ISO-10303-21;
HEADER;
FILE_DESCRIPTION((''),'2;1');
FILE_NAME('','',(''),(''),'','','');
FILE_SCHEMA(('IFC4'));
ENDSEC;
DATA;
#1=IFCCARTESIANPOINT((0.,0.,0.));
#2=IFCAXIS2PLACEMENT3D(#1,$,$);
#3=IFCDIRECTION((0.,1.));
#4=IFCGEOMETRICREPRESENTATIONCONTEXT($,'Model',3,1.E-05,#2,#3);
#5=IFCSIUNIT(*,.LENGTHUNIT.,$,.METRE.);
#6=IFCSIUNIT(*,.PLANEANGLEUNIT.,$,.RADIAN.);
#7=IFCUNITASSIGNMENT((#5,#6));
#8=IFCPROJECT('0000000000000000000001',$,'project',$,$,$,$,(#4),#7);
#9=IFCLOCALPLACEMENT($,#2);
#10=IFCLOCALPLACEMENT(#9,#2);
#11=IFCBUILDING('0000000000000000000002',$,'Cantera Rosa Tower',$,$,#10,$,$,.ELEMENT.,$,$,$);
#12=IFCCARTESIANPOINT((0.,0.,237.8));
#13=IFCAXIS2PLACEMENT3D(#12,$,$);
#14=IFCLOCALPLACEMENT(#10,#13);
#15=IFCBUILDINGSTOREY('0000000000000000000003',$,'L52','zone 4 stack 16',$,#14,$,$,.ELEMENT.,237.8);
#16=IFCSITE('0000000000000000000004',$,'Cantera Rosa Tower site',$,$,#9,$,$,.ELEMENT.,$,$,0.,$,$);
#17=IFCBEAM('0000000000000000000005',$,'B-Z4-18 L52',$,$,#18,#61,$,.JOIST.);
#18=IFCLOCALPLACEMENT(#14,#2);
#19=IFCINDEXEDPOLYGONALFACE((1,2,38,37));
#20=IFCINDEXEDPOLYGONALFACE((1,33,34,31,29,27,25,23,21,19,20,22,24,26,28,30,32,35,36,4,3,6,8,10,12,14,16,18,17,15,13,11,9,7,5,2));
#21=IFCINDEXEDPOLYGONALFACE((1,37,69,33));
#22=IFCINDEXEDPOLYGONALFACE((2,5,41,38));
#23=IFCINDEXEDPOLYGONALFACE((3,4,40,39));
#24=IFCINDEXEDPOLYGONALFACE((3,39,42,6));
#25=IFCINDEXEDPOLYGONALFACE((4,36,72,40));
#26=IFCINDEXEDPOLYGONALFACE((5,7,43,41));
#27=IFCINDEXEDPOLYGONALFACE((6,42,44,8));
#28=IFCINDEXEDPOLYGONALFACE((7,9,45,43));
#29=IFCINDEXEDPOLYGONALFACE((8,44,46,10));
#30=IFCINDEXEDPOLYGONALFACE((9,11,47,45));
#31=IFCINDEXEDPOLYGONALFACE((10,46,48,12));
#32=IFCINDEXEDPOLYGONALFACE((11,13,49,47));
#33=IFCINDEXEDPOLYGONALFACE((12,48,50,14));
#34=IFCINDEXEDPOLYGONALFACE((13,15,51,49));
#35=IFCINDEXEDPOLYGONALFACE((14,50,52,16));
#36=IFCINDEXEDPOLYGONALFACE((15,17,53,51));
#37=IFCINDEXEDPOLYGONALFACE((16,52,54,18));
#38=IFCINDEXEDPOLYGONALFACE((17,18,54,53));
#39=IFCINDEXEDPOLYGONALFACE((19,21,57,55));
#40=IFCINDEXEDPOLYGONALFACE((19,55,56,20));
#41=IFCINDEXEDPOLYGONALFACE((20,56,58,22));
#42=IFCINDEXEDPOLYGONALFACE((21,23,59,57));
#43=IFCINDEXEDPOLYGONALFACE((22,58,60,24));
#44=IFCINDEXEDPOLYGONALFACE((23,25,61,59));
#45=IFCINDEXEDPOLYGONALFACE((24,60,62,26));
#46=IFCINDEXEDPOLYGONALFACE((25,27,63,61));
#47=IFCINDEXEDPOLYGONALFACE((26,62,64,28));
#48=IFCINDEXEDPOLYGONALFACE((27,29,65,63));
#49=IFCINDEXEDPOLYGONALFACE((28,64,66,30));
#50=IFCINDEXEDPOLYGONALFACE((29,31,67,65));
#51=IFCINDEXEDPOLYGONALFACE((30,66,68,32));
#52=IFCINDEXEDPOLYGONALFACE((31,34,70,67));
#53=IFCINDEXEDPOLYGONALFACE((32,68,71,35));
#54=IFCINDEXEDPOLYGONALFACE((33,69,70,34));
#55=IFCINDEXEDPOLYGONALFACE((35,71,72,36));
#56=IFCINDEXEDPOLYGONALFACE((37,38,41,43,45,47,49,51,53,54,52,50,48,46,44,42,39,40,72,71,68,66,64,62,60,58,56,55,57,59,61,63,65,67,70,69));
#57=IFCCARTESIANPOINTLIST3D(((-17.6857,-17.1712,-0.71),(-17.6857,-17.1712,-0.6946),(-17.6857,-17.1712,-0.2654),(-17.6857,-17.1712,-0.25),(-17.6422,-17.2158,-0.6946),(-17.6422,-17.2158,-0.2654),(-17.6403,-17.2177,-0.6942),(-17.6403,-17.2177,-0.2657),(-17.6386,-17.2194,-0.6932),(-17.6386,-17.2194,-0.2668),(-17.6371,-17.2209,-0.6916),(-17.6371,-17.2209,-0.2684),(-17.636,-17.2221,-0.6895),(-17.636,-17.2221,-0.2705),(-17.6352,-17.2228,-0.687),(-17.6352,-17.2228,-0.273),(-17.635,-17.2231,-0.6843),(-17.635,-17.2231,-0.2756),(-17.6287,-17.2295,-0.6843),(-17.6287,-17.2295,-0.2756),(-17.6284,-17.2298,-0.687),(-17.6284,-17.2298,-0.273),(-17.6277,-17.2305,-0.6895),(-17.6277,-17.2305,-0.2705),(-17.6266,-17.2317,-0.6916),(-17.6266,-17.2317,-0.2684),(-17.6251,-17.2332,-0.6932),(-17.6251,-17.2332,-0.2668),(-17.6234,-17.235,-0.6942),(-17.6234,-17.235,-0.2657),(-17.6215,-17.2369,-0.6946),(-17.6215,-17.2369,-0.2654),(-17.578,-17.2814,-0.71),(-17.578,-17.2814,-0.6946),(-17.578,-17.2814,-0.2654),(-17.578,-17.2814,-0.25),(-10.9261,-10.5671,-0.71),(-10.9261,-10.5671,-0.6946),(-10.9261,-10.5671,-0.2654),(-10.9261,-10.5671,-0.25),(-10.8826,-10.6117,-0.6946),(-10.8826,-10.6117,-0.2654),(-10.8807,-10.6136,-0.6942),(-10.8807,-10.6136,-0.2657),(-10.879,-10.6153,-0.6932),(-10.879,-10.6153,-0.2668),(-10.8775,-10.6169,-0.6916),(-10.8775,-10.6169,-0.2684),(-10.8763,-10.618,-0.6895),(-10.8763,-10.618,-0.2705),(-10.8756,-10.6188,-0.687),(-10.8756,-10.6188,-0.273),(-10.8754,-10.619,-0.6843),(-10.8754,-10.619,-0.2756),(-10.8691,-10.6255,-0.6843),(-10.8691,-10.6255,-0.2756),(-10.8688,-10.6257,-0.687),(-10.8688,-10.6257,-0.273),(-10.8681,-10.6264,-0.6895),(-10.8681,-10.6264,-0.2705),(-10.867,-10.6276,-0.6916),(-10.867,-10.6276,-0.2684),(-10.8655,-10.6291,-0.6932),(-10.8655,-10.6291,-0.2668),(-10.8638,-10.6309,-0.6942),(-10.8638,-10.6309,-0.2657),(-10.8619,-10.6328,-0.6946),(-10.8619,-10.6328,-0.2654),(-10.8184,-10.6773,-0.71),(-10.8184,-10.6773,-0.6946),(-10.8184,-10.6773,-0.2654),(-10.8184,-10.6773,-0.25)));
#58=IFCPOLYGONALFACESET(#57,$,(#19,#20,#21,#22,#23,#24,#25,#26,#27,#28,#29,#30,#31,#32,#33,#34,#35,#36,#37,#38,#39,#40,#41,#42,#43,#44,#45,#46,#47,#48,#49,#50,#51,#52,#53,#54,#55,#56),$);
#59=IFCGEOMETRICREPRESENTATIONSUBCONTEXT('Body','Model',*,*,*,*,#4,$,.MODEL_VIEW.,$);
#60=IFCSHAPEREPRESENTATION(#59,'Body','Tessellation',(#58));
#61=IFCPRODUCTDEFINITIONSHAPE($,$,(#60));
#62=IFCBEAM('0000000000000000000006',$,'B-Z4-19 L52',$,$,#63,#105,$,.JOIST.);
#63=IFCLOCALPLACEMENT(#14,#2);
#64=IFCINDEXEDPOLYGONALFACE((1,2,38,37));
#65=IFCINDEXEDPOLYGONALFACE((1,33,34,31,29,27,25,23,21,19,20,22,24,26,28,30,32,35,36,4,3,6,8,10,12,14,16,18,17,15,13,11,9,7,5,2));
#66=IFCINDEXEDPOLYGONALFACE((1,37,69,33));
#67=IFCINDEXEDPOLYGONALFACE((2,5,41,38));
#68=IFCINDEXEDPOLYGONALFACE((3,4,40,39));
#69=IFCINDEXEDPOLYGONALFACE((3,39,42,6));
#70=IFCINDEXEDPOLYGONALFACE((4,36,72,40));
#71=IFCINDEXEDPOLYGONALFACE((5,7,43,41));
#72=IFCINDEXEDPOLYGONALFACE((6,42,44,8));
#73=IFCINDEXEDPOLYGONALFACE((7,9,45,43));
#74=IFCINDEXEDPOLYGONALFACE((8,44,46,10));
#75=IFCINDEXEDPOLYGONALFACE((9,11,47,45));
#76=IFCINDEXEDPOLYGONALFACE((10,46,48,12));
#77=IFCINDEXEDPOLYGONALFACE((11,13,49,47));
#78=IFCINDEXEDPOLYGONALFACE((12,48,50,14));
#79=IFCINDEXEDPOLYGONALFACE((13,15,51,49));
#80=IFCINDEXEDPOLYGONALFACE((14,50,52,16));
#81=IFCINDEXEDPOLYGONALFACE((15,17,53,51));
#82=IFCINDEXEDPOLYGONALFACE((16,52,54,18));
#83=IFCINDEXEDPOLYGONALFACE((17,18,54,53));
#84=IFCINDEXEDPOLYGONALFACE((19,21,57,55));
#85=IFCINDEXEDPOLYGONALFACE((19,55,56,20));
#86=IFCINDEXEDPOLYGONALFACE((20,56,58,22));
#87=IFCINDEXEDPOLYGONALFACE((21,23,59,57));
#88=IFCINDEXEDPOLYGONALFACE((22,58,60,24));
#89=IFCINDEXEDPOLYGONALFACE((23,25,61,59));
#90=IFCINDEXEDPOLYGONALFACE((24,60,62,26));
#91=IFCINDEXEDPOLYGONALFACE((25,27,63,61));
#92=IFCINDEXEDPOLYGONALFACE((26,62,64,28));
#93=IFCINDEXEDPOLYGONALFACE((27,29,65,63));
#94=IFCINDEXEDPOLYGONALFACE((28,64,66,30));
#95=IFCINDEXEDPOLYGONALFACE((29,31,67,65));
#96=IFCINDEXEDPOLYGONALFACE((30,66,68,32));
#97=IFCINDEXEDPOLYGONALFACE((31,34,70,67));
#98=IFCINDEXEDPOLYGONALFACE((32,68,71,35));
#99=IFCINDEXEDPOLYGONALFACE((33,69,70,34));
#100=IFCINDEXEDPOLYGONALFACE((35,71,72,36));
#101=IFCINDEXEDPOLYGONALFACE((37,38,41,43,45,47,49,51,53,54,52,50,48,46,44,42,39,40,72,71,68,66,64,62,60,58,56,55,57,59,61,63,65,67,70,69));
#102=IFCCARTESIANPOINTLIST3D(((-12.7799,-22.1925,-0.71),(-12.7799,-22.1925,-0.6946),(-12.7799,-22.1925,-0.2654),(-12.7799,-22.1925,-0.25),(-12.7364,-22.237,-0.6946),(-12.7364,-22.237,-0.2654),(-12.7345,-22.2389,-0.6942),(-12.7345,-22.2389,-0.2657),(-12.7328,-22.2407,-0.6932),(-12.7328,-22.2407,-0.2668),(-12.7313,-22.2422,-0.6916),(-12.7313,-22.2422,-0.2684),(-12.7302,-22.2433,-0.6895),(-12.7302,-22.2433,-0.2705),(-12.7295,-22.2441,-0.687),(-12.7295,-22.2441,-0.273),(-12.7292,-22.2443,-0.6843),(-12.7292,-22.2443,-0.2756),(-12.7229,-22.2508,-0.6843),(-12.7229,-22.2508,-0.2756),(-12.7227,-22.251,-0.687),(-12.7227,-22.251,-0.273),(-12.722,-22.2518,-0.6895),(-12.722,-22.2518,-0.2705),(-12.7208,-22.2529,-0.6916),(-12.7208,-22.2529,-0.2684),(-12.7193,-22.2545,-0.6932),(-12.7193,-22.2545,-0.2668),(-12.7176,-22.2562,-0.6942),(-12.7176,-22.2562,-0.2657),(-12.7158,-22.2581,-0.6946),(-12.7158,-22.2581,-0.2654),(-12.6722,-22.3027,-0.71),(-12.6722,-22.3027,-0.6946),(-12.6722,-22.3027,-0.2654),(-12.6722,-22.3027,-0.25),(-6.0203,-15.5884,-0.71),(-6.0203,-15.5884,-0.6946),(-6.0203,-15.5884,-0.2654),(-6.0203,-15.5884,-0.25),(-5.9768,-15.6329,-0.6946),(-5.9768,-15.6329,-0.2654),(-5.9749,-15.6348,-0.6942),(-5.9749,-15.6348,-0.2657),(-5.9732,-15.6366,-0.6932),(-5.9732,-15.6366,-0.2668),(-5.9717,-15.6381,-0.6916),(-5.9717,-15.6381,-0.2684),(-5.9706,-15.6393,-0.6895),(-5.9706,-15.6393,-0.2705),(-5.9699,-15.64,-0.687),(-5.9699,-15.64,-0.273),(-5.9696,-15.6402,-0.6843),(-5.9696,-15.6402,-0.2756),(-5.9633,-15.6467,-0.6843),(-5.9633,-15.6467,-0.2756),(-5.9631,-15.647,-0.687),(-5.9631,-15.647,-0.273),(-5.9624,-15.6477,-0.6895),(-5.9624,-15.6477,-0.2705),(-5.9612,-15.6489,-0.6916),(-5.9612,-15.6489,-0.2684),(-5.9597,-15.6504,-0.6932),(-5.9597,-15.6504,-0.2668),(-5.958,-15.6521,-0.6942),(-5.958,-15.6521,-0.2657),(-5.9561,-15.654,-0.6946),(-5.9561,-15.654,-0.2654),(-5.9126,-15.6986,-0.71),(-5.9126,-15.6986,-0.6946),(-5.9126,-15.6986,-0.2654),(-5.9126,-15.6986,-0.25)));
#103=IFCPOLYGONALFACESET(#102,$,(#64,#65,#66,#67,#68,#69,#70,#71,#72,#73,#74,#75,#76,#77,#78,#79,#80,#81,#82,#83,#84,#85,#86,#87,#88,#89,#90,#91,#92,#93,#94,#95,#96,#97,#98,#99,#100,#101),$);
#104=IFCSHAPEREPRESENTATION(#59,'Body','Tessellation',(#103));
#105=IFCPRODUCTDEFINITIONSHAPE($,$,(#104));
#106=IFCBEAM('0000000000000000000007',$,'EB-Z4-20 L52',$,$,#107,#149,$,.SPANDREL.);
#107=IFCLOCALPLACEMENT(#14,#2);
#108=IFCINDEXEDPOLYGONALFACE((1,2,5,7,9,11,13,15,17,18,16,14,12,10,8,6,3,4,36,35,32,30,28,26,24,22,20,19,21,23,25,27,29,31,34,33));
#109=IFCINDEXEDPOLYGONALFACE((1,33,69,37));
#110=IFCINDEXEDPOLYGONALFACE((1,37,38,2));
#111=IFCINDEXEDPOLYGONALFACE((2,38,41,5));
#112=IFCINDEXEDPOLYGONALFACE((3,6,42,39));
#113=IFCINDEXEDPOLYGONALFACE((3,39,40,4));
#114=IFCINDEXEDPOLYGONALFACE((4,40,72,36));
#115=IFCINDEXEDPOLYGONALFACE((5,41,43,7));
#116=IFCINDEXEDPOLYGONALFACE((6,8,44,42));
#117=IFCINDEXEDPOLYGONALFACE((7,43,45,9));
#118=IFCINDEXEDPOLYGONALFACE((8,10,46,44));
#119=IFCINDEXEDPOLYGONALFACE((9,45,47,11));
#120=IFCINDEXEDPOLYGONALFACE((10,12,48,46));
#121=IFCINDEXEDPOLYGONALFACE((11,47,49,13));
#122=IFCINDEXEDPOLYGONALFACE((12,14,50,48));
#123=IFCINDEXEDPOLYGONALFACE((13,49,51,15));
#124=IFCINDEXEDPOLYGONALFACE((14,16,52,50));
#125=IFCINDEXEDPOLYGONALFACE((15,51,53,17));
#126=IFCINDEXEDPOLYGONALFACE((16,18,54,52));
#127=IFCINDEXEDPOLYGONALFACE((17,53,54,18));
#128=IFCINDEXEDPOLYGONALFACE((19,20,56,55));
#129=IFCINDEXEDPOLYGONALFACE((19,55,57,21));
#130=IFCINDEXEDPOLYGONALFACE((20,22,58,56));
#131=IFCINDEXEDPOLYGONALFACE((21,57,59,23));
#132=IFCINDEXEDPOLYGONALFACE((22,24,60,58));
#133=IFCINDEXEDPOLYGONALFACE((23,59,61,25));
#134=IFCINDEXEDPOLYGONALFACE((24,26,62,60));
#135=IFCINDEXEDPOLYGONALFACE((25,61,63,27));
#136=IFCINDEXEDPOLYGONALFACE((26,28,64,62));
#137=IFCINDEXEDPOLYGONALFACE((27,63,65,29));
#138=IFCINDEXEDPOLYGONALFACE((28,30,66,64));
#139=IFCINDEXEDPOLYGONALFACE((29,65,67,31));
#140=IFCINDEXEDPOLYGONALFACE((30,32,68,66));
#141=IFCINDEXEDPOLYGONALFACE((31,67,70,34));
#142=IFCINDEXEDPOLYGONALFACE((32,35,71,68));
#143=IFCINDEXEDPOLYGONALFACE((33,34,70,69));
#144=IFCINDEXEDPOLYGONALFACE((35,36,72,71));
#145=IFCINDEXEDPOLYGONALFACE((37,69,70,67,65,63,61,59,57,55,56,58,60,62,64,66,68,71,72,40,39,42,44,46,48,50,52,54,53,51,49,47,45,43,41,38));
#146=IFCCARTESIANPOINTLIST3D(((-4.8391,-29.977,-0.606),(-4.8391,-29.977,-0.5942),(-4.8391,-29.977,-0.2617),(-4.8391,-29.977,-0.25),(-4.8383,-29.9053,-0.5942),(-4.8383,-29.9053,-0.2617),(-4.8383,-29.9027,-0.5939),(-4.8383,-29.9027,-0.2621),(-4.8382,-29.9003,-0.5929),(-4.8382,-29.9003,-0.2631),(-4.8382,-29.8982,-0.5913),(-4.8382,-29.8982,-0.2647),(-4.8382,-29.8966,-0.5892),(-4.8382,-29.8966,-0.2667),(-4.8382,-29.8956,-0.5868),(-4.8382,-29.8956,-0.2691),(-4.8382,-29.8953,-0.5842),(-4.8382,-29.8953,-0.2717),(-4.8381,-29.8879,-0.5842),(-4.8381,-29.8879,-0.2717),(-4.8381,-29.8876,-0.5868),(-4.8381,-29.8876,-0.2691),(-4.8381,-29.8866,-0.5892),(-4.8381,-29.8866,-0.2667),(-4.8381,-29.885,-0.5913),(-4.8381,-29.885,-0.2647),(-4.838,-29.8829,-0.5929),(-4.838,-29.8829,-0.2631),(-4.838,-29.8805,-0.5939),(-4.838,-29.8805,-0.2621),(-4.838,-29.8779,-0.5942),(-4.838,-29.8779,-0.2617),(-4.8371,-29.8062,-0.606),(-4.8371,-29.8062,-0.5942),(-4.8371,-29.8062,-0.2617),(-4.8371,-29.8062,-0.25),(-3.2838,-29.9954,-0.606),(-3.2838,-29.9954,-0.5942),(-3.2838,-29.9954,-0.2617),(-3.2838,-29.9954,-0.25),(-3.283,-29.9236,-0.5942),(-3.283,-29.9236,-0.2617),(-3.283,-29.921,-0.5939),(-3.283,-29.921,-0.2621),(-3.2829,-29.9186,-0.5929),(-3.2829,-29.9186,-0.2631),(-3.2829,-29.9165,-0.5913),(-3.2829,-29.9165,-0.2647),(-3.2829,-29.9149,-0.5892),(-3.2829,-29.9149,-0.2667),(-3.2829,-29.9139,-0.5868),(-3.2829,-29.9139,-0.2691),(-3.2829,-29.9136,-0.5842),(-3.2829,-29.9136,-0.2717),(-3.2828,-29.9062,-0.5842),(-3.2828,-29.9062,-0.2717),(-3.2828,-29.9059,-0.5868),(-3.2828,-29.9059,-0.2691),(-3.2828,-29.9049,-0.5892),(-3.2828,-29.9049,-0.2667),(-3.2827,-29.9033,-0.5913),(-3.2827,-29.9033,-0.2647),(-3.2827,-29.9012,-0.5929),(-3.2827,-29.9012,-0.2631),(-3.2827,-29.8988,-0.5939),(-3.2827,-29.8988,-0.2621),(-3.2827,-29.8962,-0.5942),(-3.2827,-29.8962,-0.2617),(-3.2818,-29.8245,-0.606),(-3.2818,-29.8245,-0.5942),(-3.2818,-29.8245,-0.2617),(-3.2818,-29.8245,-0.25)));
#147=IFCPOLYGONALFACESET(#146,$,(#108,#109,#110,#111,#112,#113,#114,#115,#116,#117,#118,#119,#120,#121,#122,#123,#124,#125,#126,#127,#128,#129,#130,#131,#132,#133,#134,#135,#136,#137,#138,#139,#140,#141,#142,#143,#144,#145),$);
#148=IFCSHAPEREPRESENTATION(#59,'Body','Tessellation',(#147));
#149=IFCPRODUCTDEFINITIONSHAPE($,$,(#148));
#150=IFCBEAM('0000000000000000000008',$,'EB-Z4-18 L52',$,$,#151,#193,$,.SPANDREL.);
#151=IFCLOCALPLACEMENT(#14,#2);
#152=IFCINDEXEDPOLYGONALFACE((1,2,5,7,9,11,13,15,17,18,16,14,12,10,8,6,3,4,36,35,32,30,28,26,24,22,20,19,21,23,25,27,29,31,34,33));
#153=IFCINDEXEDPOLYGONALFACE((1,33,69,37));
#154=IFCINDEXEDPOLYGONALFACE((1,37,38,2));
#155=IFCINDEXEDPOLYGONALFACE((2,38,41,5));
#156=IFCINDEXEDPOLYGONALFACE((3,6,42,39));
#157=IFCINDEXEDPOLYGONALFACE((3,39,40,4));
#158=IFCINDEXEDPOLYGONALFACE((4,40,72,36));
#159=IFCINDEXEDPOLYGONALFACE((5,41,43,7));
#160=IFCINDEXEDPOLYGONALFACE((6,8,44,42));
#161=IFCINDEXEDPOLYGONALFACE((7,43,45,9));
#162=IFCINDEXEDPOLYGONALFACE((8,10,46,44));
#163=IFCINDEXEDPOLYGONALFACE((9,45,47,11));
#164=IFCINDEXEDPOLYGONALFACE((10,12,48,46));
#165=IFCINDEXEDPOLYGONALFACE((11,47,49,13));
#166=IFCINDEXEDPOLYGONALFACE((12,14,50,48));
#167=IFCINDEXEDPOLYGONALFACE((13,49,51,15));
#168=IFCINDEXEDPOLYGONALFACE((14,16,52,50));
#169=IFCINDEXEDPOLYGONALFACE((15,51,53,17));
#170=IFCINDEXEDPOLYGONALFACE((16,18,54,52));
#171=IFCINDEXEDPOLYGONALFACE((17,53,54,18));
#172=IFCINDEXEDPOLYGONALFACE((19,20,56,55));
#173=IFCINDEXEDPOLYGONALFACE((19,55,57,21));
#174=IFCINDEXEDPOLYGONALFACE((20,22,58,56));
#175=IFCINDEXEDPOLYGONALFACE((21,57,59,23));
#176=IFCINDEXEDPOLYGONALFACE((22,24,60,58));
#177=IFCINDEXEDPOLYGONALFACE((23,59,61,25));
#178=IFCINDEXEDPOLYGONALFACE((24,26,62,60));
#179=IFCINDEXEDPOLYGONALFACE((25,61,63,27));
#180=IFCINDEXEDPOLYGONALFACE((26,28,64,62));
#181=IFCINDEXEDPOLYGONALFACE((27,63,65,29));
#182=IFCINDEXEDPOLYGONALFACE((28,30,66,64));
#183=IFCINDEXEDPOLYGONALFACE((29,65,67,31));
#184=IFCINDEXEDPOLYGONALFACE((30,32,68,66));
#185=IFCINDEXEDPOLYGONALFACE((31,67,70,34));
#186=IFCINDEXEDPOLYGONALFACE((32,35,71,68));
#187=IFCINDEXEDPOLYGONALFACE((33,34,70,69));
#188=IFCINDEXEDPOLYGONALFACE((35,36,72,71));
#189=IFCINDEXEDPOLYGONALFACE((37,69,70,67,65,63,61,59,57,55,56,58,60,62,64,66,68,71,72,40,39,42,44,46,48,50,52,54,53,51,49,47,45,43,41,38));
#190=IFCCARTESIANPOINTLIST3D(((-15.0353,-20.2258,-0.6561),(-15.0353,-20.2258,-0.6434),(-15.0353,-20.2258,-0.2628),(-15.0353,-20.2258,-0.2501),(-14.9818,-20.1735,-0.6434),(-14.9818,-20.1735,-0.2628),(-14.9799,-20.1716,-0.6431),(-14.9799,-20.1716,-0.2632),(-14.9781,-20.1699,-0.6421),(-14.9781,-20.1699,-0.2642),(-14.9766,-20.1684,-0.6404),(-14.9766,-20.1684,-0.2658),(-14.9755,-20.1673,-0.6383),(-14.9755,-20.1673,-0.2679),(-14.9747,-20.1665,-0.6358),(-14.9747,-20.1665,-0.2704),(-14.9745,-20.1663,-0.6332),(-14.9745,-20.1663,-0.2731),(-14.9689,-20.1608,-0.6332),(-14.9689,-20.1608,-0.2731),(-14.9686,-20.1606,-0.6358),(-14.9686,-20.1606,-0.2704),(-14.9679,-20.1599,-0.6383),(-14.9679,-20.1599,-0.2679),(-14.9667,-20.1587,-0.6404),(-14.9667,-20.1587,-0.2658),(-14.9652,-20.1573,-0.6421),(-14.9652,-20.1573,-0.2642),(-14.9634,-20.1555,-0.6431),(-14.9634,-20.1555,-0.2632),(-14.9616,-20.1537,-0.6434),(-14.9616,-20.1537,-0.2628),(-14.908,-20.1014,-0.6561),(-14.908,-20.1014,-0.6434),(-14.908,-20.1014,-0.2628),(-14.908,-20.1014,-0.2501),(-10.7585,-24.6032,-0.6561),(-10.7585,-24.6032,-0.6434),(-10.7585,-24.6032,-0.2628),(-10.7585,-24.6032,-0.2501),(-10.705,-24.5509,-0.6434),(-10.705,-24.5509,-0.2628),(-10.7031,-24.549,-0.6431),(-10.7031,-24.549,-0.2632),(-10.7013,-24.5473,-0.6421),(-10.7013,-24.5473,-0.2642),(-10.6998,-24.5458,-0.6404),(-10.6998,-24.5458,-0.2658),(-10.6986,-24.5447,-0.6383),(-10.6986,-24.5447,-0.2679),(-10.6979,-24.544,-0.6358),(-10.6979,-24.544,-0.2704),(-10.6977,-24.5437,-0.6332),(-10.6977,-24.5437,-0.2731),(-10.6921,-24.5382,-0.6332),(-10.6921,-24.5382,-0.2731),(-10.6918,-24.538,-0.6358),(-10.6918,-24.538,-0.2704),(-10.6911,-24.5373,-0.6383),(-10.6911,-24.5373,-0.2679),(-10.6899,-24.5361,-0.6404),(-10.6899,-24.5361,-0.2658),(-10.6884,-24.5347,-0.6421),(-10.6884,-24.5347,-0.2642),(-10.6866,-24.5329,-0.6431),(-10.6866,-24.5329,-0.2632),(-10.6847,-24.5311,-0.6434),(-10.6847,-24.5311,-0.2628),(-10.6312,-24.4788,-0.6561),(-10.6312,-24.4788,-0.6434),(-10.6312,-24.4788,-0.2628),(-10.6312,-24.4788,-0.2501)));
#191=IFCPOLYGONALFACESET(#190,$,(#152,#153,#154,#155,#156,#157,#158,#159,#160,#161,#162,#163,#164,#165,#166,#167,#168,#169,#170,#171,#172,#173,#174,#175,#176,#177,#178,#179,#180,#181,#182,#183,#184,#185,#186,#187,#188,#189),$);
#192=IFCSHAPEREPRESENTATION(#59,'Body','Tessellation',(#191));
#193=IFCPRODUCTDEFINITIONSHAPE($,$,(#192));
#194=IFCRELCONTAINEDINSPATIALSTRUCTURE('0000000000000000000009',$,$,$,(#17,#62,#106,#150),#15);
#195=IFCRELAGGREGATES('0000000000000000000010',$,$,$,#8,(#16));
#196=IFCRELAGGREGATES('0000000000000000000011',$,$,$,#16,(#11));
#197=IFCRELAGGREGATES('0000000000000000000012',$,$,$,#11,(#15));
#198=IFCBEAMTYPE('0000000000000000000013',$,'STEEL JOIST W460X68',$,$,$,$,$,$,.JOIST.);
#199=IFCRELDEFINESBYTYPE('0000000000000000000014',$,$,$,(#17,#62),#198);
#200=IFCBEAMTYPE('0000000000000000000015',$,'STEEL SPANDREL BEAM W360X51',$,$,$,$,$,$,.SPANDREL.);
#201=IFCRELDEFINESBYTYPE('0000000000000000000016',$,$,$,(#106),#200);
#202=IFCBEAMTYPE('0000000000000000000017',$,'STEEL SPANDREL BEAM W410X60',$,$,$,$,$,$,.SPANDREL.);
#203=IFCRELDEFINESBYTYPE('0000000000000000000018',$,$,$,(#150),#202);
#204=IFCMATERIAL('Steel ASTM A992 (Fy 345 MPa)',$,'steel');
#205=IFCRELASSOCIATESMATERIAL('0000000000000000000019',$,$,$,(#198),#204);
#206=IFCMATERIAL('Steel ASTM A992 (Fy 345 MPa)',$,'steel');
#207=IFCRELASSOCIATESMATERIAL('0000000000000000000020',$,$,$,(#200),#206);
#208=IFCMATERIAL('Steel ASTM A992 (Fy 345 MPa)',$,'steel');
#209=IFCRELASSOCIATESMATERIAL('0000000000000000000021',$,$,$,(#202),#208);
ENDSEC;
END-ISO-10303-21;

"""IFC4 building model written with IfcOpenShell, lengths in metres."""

from ifc_helpers import new_model, si_unit, direction, frame, origin, origin_2d, place, context, subcontext, project, spatial, i_section, extrude, material, material_profile, profile_set, type_object, element, save


model = new_model("IFC4")

# Units and contexts
model_context = context("Model", 3, precision=1e-05, world=origin(), true_north=direction((0.0, 1.0)))
body_context = subcontext(model_context, "Body", "Model", "MODEL_VIEW")
ifc_project = project(units=[si_unit("LENGTHUNIT", "METRE"), si_unit("PLANEANGLEUNIT", "RADIAN")], contexts=[model_context])

# Site, building, storey
site_placement = place(None, origin())
site = spatial("IfcSite", under=ifc_project, at=site_placement, Name="Cantera Rosa Tower site", CompositionType="ELEMENT", RefElevation=0.0)
building_placement = place(site_placement, origin())
building = spatial("IfcBuilding", under=site, at=building_placement, Name="Cantera Rosa Tower", CompositionType="ELEMENT")
storey_placement = place(building_placement, frame((0.0, 0.0, 237.8)))
storey = spatial("IfcBuildingStorey", under=building, at=storey_placement, Name="L52", Description="zone 4 stack 16", CompositionType="ELEMENT", Elevation=237.8)

# Beams
ifc_material_1 = material(Name="Steel ASTM A992 (Fy 345 MPa)", Category="steel")
ifc_material_profile_1 = material_profile(ifc_material_1, i_section(OverallWidth=0.1541, OverallDepth=0.46, WebThickness=0.009, FlangeThickness=0.0154, FilletRadius=0.0103, at=origin_2d()), Name="W460X68")
ifc_profile_set_1 = profile_set([ifc_material_profile_1], Name="Steel ASTM A992 (Fy 345 MPa)")
beam_type_1 = type_object("IfcBeamType", Name="STEEL JOIST W460X68", PredefinedType="JOIST", material=ifc_profile_set_1)
for number, where, z_axis, x_axis, name in (
    (1, (-17.6318, -17.2263, -0.48), (0.715287, 0.698831, 0.0), (-0.698831, 0.715287, 0.0), "B-Z4-18 L52"),
    (2, (-12.7261, -22.2476, -0.48), (0.715287, 0.698831, 0.0), (-0.698831, 0.715287, 0.0), "B-Z4-19 L52"),
):
    element("IfcBeam", number, at=place(storey_placement, frame(where, z_axis=z_axis, x_axis=x_axis)), inside=storey, type_object=beam_type_1, Name=name, PredefinedType="JOIST", context=body_context, shape_type="SweptSolid", body=[
        extrude(i_section(OverallWidth=0.1541, OverallDepth=0.46, WebThickness=0.009, FlangeThickness=0.0154, FilletRadius=0.0103, at=origin_2d()), origin(), (0.0, 0.0, 1.0), 9.4502),
    ])
ifc_material_2 = material(Name="Steel ASTM A992 (Fy 345 MPa)", Category="steel")
ifc_material_profile_2 = material_profile(ifc_material_2, i_section(OverallWidth=0.1709, OverallDepth=0.356, WebThickness=0.0073, FlangeThickness=0.0117, FilletRadius=0.01, at=origin_2d()), Name="W360X51")
ifc_profile_set_2 = profile_set([ifc_material_profile_2], Name="Steel ASTM A992 (Fy 345 MPa)")
beam_type_2 = type_object("IfcBeamType", Name="STEEL SPANDREL BEAM W360X51", PredefinedType="SPANDREL", material=ifc_profile_set_2)
beam_1_placement = place(storey_placement, frame((-4.8381, -29.8916, -0.428), z_axis=(0.999931, -0.011771, 0.0), x_axis=(0.011771, 0.999931, 0.0)))
element("IfcBeam", 3, at=beam_1_placement, inside=storey, type_object=beam_type_2, Name="EB-Z4-20 L52", PredefinedType="SPANDREL", context=body_context, shape_type="SweptSolid", body=[
    extrude(i_section(OverallWidth=0.1709, OverallDepth=0.356, WebThickness=0.0073, FlangeThickness=0.0117, FilletRadius=0.01, at=origin_2d()), origin(), (0.0, 0.0, 1.0), 1.5554),
])
ifc_material_3 = material(Name="Steel ASTM A992 (Fy 345 MPa)", Category="steel")
ifc_material_profile_3 = material_profile(ifc_material_3, i_section(OverallWidth=0.178, OverallDepth=0.406, WebThickness=0.0078, FlangeThickness=0.0127, FilletRadius=0.0103, at=origin_2d()), Name="W410X60")
ifc_profile_set_3 = profile_set([ifc_material_profile_3], Name="Steel ASTM A992 (Fy 345 MPa)")
beam_type_3 = type_object("IfcBeamType", Name="STEEL SPANDREL BEAM W410X60", PredefinedType="SPANDREL", material=ifc_profile_set_3)
beam_2_placement = place(storey_placement, frame((-14.9717, -20.1636, -0.4531), z_axis=(0.698841, -0.715277, 0.0), x_axis=(0.715277, 0.698841, 0.0)))
element("IfcBeam", 4, at=beam_2_placement, inside=storey, type_object=beam_type_3, Name="EB-Z4-18 L52", PredefinedType="SPANDREL", context=body_context, shape_type="SweptSolid", body=[
    extrude(i_section(OverallWidth=0.178, OverallDepth=0.406, WebThickness=0.0078, FlangeThickness=0.0127, FilletRadius=0.0103, at=origin_2d()), origin(), (0.0, 0.0, 1.0), 6.1199),
])

save(model, "model.ifc")
